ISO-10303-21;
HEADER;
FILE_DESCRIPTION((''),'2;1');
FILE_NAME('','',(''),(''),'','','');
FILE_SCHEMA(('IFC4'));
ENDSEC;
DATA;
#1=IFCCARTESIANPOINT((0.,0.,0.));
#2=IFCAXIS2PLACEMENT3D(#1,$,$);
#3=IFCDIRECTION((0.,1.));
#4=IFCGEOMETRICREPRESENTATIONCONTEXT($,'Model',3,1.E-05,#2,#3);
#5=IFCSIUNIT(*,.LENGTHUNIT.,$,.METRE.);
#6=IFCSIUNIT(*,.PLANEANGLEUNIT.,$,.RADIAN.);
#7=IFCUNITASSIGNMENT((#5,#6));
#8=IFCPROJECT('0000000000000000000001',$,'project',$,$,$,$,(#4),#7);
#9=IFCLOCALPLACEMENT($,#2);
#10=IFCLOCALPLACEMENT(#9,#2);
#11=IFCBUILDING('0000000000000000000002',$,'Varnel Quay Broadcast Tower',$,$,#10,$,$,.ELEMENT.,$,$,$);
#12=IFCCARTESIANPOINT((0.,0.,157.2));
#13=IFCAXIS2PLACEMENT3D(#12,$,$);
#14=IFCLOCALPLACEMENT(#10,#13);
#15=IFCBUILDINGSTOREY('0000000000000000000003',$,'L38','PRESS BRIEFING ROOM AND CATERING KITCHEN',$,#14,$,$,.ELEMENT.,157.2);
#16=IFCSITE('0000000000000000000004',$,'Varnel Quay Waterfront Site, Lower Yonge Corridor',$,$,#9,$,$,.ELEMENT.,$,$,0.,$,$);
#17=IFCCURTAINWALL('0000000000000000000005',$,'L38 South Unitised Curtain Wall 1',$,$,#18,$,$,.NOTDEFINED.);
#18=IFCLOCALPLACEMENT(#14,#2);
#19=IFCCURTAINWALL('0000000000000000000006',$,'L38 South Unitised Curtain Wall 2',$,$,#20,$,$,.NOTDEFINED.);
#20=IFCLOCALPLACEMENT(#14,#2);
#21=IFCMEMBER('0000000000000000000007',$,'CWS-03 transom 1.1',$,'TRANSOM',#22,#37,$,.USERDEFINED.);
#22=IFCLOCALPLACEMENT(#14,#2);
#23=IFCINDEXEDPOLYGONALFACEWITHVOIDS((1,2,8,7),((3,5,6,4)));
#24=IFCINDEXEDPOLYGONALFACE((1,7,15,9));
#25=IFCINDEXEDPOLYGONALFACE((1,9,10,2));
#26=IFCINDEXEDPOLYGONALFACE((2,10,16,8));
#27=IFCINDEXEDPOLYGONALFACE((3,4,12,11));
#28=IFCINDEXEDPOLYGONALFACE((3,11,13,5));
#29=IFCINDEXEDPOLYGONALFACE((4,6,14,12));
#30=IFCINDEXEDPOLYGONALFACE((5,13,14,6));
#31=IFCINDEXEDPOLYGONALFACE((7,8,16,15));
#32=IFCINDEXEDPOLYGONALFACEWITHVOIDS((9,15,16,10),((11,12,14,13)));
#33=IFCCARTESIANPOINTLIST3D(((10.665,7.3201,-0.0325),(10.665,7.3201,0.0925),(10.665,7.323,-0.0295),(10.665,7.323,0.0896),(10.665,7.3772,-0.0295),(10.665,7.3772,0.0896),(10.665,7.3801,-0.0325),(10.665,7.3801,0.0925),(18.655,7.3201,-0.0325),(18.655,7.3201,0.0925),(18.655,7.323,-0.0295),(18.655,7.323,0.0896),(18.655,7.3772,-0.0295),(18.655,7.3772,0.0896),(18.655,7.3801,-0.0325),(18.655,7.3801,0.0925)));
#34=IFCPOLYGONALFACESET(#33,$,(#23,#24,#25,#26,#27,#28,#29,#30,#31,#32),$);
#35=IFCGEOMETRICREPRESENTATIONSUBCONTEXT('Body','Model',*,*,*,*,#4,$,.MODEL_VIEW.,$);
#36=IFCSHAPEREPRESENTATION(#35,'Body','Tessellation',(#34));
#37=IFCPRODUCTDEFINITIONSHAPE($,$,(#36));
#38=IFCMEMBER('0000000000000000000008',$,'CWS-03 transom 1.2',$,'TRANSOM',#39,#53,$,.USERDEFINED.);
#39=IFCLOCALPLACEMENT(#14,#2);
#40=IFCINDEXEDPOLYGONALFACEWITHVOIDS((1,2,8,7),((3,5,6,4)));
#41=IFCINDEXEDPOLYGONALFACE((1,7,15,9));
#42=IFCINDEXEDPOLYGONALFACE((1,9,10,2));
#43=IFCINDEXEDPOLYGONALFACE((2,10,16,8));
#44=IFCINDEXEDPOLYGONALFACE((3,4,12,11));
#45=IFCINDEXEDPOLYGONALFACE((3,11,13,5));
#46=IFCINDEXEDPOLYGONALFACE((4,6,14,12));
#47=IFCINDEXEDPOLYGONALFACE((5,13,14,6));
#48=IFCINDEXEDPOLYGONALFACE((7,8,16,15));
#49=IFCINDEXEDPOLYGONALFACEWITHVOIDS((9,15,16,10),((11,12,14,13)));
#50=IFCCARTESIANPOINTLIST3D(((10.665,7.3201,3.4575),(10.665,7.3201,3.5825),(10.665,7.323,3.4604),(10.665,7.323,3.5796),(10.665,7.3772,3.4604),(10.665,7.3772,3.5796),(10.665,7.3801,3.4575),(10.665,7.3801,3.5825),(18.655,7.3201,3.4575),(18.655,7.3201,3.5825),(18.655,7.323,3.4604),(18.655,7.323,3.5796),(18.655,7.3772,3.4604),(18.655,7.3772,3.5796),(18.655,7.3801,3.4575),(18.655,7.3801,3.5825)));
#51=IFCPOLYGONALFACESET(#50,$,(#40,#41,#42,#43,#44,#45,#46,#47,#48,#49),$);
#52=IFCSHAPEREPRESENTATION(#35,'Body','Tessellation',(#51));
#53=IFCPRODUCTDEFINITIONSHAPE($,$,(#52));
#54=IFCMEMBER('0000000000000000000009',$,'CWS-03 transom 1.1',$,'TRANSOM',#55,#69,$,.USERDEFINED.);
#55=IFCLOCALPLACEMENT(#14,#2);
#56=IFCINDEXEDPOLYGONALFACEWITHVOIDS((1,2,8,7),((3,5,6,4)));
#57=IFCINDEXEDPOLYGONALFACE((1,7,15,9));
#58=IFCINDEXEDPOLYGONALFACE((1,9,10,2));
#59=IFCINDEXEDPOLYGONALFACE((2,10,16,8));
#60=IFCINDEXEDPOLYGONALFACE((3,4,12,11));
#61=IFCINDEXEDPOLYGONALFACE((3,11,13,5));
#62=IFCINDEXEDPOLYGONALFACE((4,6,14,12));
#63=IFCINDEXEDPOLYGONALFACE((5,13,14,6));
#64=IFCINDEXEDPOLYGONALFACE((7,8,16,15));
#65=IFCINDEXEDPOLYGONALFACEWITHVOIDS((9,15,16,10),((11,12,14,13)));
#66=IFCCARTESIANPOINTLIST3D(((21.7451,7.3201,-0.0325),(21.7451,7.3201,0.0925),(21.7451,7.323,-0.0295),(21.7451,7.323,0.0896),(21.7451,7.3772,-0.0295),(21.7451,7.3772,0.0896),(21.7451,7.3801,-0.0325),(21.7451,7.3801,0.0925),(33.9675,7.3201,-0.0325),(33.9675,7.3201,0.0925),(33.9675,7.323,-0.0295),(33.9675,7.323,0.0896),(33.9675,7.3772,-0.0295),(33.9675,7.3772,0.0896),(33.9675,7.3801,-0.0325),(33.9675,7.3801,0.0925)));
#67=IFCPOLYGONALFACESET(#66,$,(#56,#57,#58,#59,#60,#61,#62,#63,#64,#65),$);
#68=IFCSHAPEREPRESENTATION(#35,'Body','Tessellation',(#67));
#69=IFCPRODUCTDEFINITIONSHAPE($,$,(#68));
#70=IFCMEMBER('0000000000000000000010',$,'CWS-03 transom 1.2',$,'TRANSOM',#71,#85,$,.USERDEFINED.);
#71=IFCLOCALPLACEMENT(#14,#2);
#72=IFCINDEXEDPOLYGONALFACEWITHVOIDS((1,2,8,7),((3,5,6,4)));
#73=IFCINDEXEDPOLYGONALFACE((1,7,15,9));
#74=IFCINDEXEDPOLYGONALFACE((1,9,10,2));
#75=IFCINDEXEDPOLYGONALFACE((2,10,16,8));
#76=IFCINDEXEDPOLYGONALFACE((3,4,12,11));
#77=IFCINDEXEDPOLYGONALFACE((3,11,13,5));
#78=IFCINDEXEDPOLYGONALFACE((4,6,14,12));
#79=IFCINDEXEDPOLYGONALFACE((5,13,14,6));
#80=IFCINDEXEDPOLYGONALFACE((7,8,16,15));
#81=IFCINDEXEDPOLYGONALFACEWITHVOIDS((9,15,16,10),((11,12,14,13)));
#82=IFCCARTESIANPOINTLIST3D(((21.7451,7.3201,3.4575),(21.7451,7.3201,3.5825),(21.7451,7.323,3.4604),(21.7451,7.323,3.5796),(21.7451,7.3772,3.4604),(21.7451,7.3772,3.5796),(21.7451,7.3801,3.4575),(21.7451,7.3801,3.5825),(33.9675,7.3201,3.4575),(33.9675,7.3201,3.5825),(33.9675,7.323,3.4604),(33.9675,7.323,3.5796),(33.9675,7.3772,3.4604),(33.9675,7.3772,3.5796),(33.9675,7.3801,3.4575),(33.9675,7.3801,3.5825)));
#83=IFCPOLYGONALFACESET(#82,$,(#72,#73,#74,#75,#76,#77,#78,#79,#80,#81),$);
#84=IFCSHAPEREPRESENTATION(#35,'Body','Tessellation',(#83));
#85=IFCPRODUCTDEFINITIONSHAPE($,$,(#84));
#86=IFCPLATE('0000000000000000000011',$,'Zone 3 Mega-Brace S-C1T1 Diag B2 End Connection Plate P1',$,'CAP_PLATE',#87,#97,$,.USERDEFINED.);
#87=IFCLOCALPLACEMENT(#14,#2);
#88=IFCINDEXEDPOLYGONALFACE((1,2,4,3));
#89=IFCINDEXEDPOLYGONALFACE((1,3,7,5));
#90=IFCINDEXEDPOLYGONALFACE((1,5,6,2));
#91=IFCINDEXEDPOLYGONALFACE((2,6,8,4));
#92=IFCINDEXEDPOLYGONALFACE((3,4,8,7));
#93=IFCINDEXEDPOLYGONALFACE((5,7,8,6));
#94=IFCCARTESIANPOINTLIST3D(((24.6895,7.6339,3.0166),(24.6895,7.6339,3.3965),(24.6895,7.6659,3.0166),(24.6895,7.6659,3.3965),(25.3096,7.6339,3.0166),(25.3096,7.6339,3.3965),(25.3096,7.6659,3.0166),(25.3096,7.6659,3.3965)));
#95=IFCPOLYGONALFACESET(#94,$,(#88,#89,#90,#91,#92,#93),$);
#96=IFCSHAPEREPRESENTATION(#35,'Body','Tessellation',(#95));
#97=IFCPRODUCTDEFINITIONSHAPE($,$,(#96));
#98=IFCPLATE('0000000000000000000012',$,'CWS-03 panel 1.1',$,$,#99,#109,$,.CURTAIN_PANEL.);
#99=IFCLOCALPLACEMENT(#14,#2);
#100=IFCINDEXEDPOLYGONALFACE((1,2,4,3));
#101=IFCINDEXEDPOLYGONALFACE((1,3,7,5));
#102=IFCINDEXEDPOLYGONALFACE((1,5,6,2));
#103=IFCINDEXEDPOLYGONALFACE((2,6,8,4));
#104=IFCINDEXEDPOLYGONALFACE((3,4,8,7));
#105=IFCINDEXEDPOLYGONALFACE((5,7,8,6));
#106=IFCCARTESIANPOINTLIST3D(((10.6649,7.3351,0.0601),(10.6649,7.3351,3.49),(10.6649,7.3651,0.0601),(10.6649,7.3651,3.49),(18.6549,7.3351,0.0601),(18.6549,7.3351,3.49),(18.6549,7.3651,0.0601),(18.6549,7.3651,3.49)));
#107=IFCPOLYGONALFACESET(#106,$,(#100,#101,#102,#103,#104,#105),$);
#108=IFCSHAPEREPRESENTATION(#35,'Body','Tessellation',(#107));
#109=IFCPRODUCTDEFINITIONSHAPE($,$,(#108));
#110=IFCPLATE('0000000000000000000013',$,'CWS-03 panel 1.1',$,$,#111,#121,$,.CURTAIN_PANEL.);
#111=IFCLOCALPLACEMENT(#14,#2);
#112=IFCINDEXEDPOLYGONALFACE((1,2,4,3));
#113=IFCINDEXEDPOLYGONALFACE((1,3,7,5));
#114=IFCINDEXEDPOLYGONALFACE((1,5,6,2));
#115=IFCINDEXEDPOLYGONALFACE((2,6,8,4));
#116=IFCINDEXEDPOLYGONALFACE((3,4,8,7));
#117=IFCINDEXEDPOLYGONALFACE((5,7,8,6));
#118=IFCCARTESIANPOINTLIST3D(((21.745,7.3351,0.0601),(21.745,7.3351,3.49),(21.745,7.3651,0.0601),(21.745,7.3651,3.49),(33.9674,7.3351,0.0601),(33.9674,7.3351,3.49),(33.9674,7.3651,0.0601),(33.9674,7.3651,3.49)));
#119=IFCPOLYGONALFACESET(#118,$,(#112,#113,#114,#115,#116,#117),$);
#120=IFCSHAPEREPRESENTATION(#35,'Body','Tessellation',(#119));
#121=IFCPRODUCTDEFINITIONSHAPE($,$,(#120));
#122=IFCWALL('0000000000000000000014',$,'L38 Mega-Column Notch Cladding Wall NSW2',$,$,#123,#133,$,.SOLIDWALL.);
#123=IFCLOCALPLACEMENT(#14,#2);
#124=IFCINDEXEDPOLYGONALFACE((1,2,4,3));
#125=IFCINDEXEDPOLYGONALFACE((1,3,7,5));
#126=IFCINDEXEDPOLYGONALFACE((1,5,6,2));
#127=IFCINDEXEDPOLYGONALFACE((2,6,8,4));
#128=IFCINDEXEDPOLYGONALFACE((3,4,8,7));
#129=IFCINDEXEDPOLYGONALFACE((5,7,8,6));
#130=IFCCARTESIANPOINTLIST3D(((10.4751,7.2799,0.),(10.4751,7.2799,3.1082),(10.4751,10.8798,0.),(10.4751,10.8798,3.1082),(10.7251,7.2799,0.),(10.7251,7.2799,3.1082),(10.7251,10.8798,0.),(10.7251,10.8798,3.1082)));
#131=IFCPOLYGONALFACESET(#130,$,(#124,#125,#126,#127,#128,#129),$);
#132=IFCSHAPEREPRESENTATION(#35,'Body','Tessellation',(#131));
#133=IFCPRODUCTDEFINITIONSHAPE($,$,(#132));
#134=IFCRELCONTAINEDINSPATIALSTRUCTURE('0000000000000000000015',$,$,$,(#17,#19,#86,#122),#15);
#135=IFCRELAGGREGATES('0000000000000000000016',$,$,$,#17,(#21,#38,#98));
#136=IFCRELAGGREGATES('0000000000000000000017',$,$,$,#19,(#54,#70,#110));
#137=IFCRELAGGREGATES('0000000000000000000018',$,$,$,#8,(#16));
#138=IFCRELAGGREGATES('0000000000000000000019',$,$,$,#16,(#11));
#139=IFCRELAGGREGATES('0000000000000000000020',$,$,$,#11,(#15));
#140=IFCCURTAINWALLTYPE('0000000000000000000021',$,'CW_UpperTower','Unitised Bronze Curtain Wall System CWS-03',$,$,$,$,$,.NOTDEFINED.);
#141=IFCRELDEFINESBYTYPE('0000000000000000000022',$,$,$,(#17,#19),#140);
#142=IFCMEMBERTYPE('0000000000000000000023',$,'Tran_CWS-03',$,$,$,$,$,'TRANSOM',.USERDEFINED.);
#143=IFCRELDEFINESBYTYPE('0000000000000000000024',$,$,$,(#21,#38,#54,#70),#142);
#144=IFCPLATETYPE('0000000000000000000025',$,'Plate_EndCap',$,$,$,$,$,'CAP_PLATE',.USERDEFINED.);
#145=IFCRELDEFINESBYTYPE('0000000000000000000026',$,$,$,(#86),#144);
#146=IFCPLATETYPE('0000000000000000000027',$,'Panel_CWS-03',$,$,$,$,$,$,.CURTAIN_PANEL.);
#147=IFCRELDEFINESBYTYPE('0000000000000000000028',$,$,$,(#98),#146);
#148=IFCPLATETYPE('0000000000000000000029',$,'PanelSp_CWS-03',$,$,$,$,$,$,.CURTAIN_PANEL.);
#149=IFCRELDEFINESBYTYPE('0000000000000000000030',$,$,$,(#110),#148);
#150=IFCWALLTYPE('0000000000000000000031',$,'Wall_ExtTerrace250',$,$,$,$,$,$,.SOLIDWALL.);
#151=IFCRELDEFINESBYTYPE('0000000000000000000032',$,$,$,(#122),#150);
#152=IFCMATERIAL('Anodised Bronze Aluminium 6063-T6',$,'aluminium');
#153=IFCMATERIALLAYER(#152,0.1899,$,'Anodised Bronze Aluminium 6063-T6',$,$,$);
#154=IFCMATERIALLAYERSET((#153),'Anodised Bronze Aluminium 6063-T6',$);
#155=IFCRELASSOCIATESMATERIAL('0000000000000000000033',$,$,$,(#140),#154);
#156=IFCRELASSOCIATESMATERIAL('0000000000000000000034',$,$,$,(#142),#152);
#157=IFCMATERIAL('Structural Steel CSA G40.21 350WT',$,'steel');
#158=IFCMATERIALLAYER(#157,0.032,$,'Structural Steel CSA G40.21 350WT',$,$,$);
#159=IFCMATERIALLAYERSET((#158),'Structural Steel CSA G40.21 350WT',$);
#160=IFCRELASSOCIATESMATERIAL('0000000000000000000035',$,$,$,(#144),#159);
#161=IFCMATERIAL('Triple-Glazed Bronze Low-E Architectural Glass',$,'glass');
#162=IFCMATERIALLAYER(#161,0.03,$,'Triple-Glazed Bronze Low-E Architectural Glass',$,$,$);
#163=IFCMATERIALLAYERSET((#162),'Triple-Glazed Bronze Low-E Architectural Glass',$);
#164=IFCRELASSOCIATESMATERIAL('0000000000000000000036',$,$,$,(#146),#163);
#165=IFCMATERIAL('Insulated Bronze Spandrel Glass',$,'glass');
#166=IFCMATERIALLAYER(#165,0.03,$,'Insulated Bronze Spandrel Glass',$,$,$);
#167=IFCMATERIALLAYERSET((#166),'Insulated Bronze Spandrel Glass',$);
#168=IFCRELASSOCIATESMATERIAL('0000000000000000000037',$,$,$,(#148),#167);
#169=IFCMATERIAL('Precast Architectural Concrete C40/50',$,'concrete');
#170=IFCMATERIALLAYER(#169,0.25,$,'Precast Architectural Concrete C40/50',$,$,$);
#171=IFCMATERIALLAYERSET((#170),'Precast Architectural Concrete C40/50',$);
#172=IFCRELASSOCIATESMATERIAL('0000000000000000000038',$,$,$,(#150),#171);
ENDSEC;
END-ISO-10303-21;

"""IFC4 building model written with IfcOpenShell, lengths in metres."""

from ifc_helpers import new_model, si_unit, direction, frame, frame_2d, origin, origin_2d, place, context, subcontext, project, spatial, rectangle, hollow_rectangle, extrude, source, transform, mapped, material, layer, layer_set, material_profile, profile_set, type_object, type_shapes, element, aggregate, save


model = new_model("IFC4")

# Units and contexts
model_context = context("Model", 3, precision=1e-05, world=origin(), true_north=direction((0.0, 1.0)))
body_context = subcontext(model_context, "Body", "Model", "MODEL_VIEW")
ifc_project = project(units=[si_unit("LENGTHUNIT", "METRE"), si_unit("PLANEANGLEUNIT", "RADIAN")], contexts=[model_context])

# Site, building, storey
site_placement = place(None, origin())
site = spatial("IfcSite", under=ifc_project, at=site_placement, Name="Varnel Quay Waterfront Site, Lower Yonge Corridor", CompositionType="ELEMENT", RefElevation=0.0)
building_placement = place(site_placement, origin())
building = spatial("IfcBuilding", under=site, at=building_placement, Name="Varnel Quay Broadcast Tower", CompositionType="ELEMENT")
storey_placement = place(building_placement, frame((0.0, 0.0, 157.2)))
storey = spatial("IfcBuildingStorey", under=building, at=storey_placement, Name="L38", Description="PRESS BRIEFING ROOM AND CATERING KITCHEN", CompositionType="ELEMENT", Elevation=157.2)

# Shared definitions
ifc_material_1 = material(Name="Structural Steel CSA G40.21 350WT", Category="steel")

# Shared definitions
ifc_material_2 = material(Name="Anodised Bronze Aluminium 6063-T6", Category="aluminium")

# Curtain wall
ifc_layer_1 = layer(ifc_material_2, 0.1899, Name="Anodised Bronze Aluminium 6063-T6")
ifc_layer_set_1 = layer_set([ifc_layer_1], Name="Anodised Bronze Aluminium 6063-T6")
curtain_wall_type_1 = type_object("IfcCurtainWallType", Name="CW_UpperTower", Description="Unitised Bronze Curtain Wall System CWS-03", PredefinedType="NOTDEFINED", material=ifc_layer_set_1)
curtain_wall_1_placement = place(storey_placement, origin())
curtain_wall_1 = element("IfcCurtainWall", 1, at=curtain_wall_1_placement, inside=storey, type_object=curtain_wall_type_1, Name="L38 South Unitised Curtain Wall 1", PredefinedType="NOTDEFINED")

# Curtain wall
curtain_wall_2_placement = place(storey_placement, origin())
curtain_wall_2 = element("IfcCurtainWall", 2, at=curtain_wall_2_placement, inside=storey, type_object=curtain_wall_type_1, Name="L38 South Unitised Curtain Wall 2", PredefinedType="NOTDEFINED")

# Members
ifc_material_profile_1 = material_profile(ifc_material_2, hollow_rectangle(XDim=0.0601, YDim=0.125, WallThickness=0.0029, at=origin_2d()), Name="ALU60X125X3")
ifc_profile_set_1 = profile_set([ifc_material_profile_1], Name="Anodised Bronze Aluminium 6063-T6")
member_type_1 = type_object("IfcMemberType", Name="Tran_CWS-03", ElementType="TRANSOM", PredefinedType="USERDEFINED", material=ifc_profile_set_1)
shared_shape_1 = source(origin(), body_context, "Body", "SweptSolid", [
    extrude(hollow_rectangle(XDim=0.0601, YDim=0.125, WallThickness=0.0029, at=origin_2d()), origin(), (0.0, 0.0, 1.0), 7.99),
])
member_1_placement = place(storey_placement, frame((10.665, 7.3501, 0.03), z_axis=(1.0, 0.0, 0.0), x_axis=(0.0, 1.0, 0.0)))
member_1 = element("IfcMember", 3, at=member_1_placement, type_object=member_type_1, Name="CWS-03 transom 1.1", ObjectType="TRANSOM", PredefinedType="USERDEFINED", context=body_context, shape_type="MappedRepresentation", body=[
    mapped(shared_shape_1, transform((0.0, 0.0, 0.0), x_axis=(1.0, 0.0, 0.0), y_axis=(0.0, 1.0, 0.0), z_axis=(0.0, 0.0, 1.0), scale=1.0)),
])
member_2_placement = place(storey_placement, frame((10.665, 7.3501, 3.52), z_axis=(1.0, 0.0, 0.0), x_axis=(0.0, 1.0, 0.0)))
member_2 = element("IfcMember", 4, at=member_2_placement, type_object=member_type_1, Name="CWS-03 transom 1.2", ObjectType="TRANSOM", PredefinedType="USERDEFINED", context=body_context, shape_type="MappedRepresentation", body=[
    mapped(shared_shape_1, transform((0.0, 0.0, 0.0), x_axis=(1.0, 0.0, 0.0), y_axis=(0.0, 1.0, 0.0), z_axis=(0.0, 0.0, 1.0), scale=1.0)),
])
shared_shape_2 = source(origin(), body_context, "Body", "SweptSolid", [
    extrude(hollow_rectangle(XDim=0.0601, YDim=0.125, WallThickness=0.0029, at=origin_2d()), origin(), (0.0, 0.0, 1.0), 12.2224),
])
type_shapes(member_type_1, [shared_shape_1, shared_shape_2])
member_3_placement = place(storey_placement, frame((21.7451, 7.3501, 0.03), z_axis=(1.0, 0.0, 0.0), x_axis=(0.0, 1.0, 0.0)))
member_3 = element("IfcMember", 5, at=member_3_placement, type_object=member_type_1, Name="CWS-03 transom 1.1", ObjectType="TRANSOM", PredefinedType="USERDEFINED", context=body_context, shape_type="MappedRepresentation", body=[
    mapped(shared_shape_2, transform((0.0, 0.0, 0.0), x_axis=(1.0, 0.0, 0.0), y_axis=(0.0, 1.0, 0.0), z_axis=(0.0, 0.0, 1.0), scale=1.0)),
])
member_4_placement = place(storey_placement, frame((21.7451, 7.3501, 3.52), z_axis=(1.0, 0.0, 0.0), x_axis=(0.0, 1.0, 0.0)))
member_4 = element("IfcMember", 6, at=member_4_placement, type_object=member_type_1, Name="CWS-03 transom 1.2", ObjectType="TRANSOM", PredefinedType="USERDEFINED", context=body_context, shape_type="MappedRepresentation", body=[
    mapped(shared_shape_2, transform((0.0, 0.0, 0.0), x_axis=(1.0, 0.0, 0.0), y_axis=(0.0, 1.0, 0.0), z_axis=(0.0, 0.0, 1.0), scale=1.0)),
])

# Plates
ifc_layer_2 = layer(ifc_material_1, 0.032, Name="Structural Steel CSA G40.21 350WT")
ifc_layer_set_2 = layer_set([ifc_layer_2], Name="Structural Steel CSA G40.21 350WT")
plate_type_1 = type_object("IfcPlateType", Name="Plate_EndCap", ElementType="CAP_PLATE", PredefinedType="USERDEFINED", material=ifc_layer_set_2)
shared_shape_3 = source(origin(), body_context, "Body", "SweptSolid", [
    extrude(rectangle(XDim=0.6201, YDim=0.032, at=origin_2d()), origin(), (0.0, 0.0, 1.0), 0.3799),
])
type_shapes(plate_type_1, [shared_shape_3])
plate_1_placement = place(storey_placement, frame((24.9995, 7.6499, 3.0166), z_axis=(0.0, 0.0, 1.0), x_axis=(1.0, 0.0, 0.0)))
element("IfcPlate", 7, at=plate_1_placement, inside=storey, type_object=plate_type_1, Name="Zone 3 Mega-Brace S-C1T1 Diag B2 End Connection Plate P1", ObjectType="CAP_PLATE", PredefinedType="USERDEFINED", context=body_context, shape_type="MappedRepresentation", body=[
    mapped(shared_shape_3, transform((0.0, 0.0, 0.0), x_axis=(1.0, 0.0, 0.0), y_axis=(0.0, 1.0, 0.0), z_axis=(0.0, 0.0, 1.0), scale=1.0)),
])
ifc_material_3 = material(Name="Triple-Glazed Bronze Low-E Architectural Glass", Category="glass")
ifc_layer_3 = layer(ifc_material_3, 0.03, Name="Triple-Glazed Bronze Low-E Architectural Glass")
ifc_layer_set_3 = layer_set([ifc_layer_3], Name="Triple-Glazed Bronze Low-E Architectural Glass")
plate_type_2 = type_object("IfcPlateType", Name="Panel_CWS-03", PredefinedType="CURTAIN_PANEL", material=ifc_layer_set_3)
shared_shape_4 = source(origin(), body_context, "Body", "SweptSolid", [
    extrude(rectangle(XDim=7.99, YDim=0.03, at=origin_2d()), origin(), (0.0, 0.0, 1.0), 3.4299),
])
type_shapes(plate_type_2, [shared_shape_4])
plate_2_placement = place(storey_placement, frame((14.6599, 7.3501, 0.0601), z_axis=(0.0, 0.0, 1.0), x_axis=(1.0, 0.0, 0.0)))
plate_2 = element("IfcPlate", 8, at=plate_2_placement, type_object=plate_type_2, Name="CWS-03 panel 1.1", PredefinedType="CURTAIN_PANEL", context=body_context, shape_type="MappedRepresentation", body=[
    mapped(shared_shape_4, transform((0.0, 0.0, 0.0), x_axis=(1.0, 0.0, 0.0), y_axis=(0.0, 1.0, 0.0), z_axis=(0.0, 0.0, 1.0), scale=1.0)),
])
aggregate(curtain_wall_1, [member_1, member_2, plate_2])
ifc_material_4 = material(Name="Insulated Bronze Spandrel Glass", Category="glass")
ifc_layer_4 = layer(ifc_material_4, 0.03, Name="Insulated Bronze Spandrel Glass")
ifc_layer_set_4 = layer_set([ifc_layer_4], Name="Insulated Bronze Spandrel Glass")
plate_type_3 = type_object("IfcPlateType", Name="PanelSp_CWS-03", PredefinedType="CURTAIN_PANEL", material=ifc_layer_set_4)
shared_shape_5 = source(origin(), body_context, "Body", "SweptSolid", [
    extrude(rectangle(XDim=12.2224, YDim=0.03, at=origin_2d()), origin(), (0.0, 0.0, 1.0), 3.4299),
])
type_shapes(plate_type_3, [shared_shape_5])
plate_3_placement = place(storey_placement, frame((27.8562, 7.3501, 0.0601), z_axis=(0.0, 0.0, 1.0), x_axis=(1.0, 0.0, 0.0)))
plate_3 = element("IfcPlate", 9, at=plate_3_placement, type_object=plate_type_3, Name="CWS-03 panel 1.1", PredefinedType="CURTAIN_PANEL", context=body_context, shape_type="MappedRepresentation", body=[
    mapped(shared_shape_5, transform((0.0, 0.0, 0.0), x_axis=(1.0, 0.0, 0.0), y_axis=(0.0, 1.0, 0.0), z_axis=(0.0, 0.0, 1.0), scale=1.0)),
])
aggregate(curtain_wall_2, [member_3, member_4, plate_3])

# Shared definitions
ifc_material_5 = material(Name="Precast Architectural Concrete C40/50", Category="concrete")
ifc_layer_5 = layer(ifc_material_5, 0.25, Name="Precast Architectural Concrete C40/50")
ifc_layer_set_5 = layer_set([ifc_layer_5], Name="Precast Architectural Concrete C40/50")
wall_type = type_object("IfcWallType", Name="Wall_ExtTerrace250", PredefinedType="SOLIDWALL", material=ifc_layer_set_5)

# Wall
wall_1_placement = place(storey_placement, frame((10.6001, 7.28, 0.0), z_axis=(0.0, 0.0, 1.0), x_axis=(0.0, 1.0, 0.0)))
element("IfcWall", 10, at=wall_1_placement, inside=storey, type_object=wall_type, Name="L38 Mega-Column Notch Cladding Wall NSW2", PredefinedType="SOLIDWALL", context=body_context, shape_type="SweptSolid", body=[
    extrude(rectangle(XDim=3.5999, YDim=0.25, at=frame_2d((1.7998, 0.0))), origin(), (0.0, 0.0, 1.0), 3.1082),
])

save(model, "model.ifc")
